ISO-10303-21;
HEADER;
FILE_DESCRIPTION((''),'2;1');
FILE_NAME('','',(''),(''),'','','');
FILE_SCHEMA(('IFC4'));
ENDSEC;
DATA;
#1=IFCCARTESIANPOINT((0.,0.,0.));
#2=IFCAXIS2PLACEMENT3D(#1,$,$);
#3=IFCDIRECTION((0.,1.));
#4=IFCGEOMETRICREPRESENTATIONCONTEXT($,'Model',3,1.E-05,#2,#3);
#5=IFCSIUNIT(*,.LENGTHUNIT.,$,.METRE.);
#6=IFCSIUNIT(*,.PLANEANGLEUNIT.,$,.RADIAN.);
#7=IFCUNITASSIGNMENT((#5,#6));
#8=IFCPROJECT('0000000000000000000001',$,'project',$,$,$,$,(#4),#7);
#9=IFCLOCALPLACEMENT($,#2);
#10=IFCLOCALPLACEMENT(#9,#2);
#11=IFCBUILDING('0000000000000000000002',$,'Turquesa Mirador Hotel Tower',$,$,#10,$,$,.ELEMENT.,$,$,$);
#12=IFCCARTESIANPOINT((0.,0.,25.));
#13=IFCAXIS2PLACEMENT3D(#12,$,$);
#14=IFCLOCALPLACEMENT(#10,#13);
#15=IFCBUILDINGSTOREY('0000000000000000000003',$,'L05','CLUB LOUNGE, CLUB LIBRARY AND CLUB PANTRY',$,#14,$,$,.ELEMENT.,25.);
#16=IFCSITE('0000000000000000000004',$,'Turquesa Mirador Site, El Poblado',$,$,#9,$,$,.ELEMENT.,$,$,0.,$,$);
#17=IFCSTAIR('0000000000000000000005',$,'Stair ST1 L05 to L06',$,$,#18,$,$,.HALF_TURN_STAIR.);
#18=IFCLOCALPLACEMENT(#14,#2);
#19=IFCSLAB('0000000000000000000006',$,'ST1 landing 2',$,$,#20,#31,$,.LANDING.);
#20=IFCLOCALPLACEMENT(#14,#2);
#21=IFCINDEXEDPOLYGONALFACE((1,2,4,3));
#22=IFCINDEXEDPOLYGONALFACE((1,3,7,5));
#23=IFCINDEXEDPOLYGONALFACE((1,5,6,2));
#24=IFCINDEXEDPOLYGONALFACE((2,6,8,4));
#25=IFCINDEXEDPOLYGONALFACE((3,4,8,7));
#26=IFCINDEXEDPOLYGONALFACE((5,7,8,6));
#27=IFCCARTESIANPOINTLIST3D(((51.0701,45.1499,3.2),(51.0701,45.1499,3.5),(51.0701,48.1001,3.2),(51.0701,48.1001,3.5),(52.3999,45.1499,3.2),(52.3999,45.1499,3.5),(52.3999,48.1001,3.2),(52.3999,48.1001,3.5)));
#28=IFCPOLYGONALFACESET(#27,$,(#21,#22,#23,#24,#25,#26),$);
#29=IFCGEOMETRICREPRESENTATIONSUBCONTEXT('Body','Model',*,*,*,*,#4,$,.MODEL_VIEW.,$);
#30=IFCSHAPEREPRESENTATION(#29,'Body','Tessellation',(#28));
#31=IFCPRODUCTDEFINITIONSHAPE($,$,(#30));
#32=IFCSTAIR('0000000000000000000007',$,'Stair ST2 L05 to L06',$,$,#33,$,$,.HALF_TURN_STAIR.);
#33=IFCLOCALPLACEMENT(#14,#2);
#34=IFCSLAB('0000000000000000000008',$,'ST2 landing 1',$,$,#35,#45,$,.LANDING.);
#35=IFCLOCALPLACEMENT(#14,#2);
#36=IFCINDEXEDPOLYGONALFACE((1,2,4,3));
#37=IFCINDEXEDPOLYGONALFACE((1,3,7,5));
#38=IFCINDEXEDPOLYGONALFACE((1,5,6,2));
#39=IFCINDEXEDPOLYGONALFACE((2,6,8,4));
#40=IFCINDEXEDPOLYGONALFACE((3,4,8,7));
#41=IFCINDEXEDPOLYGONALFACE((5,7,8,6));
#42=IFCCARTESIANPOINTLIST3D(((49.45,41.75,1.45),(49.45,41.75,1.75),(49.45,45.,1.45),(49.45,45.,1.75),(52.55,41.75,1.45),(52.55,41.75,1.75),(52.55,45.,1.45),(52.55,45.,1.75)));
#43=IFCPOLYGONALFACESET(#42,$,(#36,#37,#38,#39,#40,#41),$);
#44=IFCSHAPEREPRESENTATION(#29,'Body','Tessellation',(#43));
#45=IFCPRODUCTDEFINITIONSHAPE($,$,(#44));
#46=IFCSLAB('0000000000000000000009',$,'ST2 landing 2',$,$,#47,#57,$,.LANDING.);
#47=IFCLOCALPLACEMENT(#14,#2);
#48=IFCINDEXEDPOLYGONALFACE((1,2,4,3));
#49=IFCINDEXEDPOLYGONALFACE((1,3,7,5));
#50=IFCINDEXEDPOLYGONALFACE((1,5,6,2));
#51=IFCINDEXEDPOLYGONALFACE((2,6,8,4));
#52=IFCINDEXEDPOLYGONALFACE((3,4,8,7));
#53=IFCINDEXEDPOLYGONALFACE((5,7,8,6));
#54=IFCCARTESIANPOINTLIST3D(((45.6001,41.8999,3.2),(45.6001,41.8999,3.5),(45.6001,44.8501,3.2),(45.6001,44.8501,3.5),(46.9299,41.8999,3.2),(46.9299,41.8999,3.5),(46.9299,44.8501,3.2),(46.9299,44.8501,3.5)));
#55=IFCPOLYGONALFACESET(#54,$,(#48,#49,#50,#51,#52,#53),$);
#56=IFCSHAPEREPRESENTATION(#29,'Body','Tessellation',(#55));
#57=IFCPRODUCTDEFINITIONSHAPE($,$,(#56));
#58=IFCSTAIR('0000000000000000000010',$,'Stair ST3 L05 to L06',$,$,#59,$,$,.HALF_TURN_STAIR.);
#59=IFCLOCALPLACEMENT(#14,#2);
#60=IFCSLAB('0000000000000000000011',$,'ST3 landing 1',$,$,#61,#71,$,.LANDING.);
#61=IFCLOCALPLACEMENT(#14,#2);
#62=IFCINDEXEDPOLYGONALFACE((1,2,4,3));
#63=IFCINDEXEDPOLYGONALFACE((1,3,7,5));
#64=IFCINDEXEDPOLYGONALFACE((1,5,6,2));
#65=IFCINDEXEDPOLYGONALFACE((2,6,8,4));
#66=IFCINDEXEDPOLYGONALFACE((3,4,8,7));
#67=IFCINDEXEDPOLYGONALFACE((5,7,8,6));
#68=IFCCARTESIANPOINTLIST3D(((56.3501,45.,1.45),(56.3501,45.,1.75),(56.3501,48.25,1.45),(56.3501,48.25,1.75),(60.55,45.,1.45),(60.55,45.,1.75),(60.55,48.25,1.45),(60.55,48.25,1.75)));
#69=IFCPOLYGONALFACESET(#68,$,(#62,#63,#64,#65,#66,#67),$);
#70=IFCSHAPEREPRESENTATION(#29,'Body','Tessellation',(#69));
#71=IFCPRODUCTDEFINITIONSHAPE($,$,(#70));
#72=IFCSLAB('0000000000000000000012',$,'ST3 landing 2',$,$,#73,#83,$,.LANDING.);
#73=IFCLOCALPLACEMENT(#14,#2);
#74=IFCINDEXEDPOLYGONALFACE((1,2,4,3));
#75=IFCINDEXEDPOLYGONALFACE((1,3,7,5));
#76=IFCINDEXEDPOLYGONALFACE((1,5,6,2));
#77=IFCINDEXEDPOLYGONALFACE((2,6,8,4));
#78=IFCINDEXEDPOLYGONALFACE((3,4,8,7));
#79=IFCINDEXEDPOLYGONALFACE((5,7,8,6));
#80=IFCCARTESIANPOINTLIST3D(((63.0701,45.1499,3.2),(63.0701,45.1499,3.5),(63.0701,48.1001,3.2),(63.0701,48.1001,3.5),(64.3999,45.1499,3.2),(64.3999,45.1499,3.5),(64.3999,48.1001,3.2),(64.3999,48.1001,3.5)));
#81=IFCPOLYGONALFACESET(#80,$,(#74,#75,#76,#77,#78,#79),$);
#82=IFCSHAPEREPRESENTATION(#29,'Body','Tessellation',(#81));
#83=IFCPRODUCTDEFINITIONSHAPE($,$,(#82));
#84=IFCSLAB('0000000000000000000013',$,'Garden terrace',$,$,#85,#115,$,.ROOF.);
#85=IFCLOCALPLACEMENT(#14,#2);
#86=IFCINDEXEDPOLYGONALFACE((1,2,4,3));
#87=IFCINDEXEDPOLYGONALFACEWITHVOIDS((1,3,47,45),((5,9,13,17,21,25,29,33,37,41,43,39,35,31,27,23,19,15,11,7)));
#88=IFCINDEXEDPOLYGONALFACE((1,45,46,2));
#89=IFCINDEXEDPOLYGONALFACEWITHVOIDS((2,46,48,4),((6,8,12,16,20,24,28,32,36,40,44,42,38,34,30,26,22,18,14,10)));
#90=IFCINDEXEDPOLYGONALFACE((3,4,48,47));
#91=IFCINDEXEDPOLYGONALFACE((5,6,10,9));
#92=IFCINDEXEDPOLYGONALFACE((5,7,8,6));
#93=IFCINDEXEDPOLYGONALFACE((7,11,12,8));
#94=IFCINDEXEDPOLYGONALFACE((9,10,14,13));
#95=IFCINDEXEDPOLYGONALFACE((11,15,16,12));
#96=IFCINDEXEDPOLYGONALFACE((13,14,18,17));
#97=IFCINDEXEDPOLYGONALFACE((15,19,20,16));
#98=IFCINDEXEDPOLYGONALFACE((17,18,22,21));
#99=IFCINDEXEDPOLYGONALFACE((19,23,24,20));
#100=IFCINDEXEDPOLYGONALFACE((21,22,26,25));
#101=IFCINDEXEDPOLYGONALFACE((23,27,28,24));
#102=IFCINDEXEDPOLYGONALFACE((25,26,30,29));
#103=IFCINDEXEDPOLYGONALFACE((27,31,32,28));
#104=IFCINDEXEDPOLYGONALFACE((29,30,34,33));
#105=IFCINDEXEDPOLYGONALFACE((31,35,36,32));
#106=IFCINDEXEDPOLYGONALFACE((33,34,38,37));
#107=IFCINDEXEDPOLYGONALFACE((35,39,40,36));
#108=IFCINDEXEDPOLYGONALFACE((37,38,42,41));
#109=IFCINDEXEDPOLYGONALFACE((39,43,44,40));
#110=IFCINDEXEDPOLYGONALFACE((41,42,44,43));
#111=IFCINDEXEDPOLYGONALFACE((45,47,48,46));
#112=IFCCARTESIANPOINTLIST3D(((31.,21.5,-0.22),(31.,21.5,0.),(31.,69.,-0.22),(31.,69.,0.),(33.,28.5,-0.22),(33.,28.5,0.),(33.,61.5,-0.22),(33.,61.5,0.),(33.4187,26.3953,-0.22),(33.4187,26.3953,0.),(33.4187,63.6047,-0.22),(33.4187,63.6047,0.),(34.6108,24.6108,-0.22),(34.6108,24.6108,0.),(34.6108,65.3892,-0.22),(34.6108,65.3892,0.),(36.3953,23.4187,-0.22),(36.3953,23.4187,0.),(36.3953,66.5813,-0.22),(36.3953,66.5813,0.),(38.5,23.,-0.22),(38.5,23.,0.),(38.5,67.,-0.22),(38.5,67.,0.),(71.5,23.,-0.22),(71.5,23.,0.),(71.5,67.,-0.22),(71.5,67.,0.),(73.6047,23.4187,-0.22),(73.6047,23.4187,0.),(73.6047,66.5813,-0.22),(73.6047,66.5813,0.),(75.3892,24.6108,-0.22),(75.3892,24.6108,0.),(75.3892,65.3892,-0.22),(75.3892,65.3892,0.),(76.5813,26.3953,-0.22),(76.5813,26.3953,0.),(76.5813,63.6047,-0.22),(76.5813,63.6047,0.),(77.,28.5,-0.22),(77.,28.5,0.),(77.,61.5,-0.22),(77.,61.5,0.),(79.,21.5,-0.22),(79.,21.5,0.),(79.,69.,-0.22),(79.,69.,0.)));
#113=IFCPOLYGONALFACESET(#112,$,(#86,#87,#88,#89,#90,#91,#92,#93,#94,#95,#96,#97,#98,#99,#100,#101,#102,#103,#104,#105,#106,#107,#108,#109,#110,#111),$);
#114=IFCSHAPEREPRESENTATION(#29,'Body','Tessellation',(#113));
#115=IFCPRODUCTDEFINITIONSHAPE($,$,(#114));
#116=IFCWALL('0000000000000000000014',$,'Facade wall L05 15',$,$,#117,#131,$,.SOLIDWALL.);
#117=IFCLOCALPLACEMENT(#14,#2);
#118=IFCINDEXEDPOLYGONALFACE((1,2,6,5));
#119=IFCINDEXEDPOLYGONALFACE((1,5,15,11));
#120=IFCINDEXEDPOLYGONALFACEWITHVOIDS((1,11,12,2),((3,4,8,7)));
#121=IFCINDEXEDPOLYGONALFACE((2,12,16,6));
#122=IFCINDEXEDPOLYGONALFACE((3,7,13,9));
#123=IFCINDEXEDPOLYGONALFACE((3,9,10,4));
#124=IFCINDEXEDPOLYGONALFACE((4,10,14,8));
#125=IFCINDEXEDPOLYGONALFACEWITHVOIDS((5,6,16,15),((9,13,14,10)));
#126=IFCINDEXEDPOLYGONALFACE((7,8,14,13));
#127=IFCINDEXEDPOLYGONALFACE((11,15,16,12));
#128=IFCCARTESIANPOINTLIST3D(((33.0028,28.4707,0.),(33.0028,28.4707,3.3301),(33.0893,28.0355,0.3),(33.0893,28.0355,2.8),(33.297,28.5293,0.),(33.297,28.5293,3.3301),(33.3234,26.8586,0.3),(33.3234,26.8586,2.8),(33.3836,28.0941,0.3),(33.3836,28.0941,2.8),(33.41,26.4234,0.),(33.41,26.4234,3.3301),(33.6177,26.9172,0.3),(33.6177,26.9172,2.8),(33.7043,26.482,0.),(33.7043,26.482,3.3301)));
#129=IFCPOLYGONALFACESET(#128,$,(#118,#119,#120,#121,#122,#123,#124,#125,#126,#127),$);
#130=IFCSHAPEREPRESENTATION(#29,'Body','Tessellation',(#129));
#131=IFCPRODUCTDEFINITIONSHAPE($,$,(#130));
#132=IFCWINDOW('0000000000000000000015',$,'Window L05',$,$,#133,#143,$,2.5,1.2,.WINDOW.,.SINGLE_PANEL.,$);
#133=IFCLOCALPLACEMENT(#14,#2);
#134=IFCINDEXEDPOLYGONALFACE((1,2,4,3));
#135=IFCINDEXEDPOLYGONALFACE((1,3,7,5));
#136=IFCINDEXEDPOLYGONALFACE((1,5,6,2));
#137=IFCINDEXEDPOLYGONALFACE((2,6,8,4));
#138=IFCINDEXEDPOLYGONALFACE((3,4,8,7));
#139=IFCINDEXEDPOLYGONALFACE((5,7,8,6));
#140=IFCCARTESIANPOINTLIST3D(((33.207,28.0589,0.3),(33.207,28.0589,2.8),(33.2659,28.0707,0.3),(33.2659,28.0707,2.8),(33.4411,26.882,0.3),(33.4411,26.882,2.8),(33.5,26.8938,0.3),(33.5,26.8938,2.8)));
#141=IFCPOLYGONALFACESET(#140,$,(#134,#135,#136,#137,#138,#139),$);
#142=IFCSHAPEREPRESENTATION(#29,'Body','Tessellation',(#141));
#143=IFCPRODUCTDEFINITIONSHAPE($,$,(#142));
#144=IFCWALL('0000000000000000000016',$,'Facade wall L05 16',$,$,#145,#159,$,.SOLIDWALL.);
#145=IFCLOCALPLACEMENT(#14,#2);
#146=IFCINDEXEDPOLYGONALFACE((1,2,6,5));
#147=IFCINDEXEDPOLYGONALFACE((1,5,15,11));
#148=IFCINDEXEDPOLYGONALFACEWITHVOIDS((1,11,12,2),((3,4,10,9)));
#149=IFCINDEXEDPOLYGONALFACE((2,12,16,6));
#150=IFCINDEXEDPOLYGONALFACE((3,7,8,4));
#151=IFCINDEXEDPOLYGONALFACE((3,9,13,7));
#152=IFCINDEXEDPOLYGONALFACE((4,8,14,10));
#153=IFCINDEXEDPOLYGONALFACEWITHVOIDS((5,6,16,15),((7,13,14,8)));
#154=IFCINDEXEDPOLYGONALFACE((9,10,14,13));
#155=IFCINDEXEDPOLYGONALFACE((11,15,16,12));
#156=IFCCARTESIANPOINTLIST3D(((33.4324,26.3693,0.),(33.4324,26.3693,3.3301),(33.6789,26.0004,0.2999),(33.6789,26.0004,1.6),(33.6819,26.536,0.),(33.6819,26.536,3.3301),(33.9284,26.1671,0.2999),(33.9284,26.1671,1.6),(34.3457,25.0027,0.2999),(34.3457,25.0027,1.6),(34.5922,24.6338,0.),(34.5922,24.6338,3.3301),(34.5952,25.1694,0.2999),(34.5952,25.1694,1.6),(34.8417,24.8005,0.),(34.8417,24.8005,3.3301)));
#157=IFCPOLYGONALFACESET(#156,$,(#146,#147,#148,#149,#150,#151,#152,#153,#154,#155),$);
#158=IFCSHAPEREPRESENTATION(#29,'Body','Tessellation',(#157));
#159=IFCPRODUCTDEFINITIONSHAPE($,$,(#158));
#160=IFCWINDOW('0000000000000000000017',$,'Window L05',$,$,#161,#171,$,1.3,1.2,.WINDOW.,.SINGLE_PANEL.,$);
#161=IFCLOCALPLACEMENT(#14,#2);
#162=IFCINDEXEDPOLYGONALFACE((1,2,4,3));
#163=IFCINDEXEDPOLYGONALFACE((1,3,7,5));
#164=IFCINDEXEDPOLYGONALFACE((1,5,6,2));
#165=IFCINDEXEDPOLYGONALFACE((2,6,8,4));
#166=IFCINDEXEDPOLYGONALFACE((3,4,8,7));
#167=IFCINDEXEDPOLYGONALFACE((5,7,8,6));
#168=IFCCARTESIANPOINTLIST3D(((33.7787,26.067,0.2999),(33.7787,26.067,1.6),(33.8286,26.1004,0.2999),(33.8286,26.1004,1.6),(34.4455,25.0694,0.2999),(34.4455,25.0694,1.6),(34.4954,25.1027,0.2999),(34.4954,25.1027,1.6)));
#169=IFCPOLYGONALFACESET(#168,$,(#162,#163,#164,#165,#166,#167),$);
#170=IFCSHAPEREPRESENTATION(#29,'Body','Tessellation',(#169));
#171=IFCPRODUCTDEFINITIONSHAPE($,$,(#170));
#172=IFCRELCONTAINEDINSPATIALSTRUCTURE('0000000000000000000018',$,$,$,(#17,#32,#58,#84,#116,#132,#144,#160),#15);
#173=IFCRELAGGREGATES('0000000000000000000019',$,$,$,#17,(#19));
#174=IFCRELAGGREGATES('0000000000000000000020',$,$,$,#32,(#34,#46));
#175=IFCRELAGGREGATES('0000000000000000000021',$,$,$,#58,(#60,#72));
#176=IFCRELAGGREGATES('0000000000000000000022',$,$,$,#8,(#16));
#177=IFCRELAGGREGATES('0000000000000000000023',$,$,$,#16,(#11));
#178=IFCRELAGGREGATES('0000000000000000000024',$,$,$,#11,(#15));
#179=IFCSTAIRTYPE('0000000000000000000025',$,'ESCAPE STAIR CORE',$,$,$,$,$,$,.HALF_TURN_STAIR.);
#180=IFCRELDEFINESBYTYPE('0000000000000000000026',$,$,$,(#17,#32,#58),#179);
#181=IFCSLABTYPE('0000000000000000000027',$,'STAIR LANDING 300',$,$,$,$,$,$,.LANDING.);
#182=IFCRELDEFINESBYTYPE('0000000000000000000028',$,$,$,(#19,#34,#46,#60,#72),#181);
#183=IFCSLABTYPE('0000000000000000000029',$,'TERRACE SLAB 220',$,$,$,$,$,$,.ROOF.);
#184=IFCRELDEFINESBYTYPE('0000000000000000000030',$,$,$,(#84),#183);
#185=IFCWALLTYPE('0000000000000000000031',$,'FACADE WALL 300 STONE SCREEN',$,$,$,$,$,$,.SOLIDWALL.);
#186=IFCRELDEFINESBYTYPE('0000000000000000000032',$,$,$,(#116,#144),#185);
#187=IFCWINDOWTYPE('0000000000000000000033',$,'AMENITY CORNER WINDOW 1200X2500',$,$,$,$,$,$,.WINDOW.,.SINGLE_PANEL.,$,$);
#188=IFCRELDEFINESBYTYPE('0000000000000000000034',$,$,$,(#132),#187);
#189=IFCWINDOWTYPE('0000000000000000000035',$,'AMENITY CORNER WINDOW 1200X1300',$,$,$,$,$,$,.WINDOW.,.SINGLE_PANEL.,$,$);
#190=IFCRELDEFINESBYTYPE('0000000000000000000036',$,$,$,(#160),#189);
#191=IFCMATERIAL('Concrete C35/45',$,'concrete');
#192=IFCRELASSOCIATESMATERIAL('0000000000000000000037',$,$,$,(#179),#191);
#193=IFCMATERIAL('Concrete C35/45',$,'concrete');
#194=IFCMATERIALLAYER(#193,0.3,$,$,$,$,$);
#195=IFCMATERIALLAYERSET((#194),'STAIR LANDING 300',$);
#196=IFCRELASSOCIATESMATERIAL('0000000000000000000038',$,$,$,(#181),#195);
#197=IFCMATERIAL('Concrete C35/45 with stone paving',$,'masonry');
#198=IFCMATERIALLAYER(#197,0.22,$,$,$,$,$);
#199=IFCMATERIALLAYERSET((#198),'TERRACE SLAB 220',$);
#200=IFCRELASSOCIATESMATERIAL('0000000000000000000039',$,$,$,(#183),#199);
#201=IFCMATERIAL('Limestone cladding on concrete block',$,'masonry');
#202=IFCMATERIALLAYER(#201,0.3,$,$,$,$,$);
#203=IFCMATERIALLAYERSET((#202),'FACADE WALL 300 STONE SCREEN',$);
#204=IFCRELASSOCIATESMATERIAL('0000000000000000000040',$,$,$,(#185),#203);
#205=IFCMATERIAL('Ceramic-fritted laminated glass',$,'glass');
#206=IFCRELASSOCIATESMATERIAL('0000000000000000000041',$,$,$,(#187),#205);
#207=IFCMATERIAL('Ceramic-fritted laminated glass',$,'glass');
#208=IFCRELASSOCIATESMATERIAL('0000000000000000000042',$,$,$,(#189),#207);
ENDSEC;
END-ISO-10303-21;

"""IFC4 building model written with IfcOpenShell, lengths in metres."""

from ifc_helpers import new_model, si_unit, direction, frame, frame_2d, origin, place, context, subcontext, project, spatial, polyline, rectangle, outline, extrude, material, layer, layer_set, type_object, element, fill, aggregate, save


model = new_model("IFC4")

# Units and contexts
model_context = context("Model", 3, precision=1e-05, world=origin(), true_north=direction((0.0, 1.0)))
body_context = subcontext(model_context, "Body", "Model", "MODEL_VIEW")
ifc_project = project(units=[si_unit("LENGTHUNIT", "METRE"), si_unit("PLANEANGLEUNIT", "RADIAN")], contexts=[model_context])

# Site, building, storey
site_placement = place(None, origin())
site = spatial("IfcSite", under=ifc_project, at=site_placement, Name="Turquesa Mirador Site, El Poblado", CompositionType="ELEMENT", RefElevation=0.0)
building_placement = place(site_placement, origin())
building = spatial("IfcBuilding", under=site, at=building_placement, Name="Turquesa Mirador Hotel Tower", CompositionType="ELEMENT")
storey_placement = place(building_placement, frame((0.0, 0.0, 25.0)))
storey = spatial("IfcBuildingStorey", under=building, at=storey_placement, Name="L05", Description="CLUB LOUNGE, CLUB LIBRARY AND CLUB PANTRY", CompositionType="ELEMENT", Elevation=25.0)

# Stairs, slabs
ifc_material_1 = material(Name="Concrete C35/45", Category="concrete")
stair_type = type_object("IfcStairType", Name="ESCAPE STAIR CORE", PredefinedType="HALF_TURN_STAIR", material=ifc_material_1)
stair_1_placement = place(storey_placement, origin())
stair_1 = element("IfcStair", 1, at=stair_1_placement, inside=storey, type_object=stair_type, Name="Stair ST1 L05 to L06", PredefinedType="HALF_TURN_STAIR")
ifc_material_2 = material(Name="Concrete C35/45", Category="concrete")
ifc_layer_1 = layer(ifc_material_2, 0.3)
ifc_layer_set_1 = layer_set([ifc_layer_1], Name="STAIR LANDING 300")
slab_type_1 = type_object("IfcSlabType", Name="STAIR LANDING 300", PredefinedType="LANDING", material=ifc_layer_set_1)
slab_1_placement = place(storey_placement, frame((0.0, 0.0, 3.2)))
slab_1 = element("IfcSlab", 2, at=slab_1_placement, type_object=slab_type_1, Name="ST1 landing 2", PredefinedType="LANDING", context=body_context, shape_type="SweptSolid", body=[
    extrude(outline(polyline([(51.0701, 45.1499), (52.3999, 45.1499), (52.3999, 48.1001), (51.0701, 48.1001), (51.0701, 45.1499)])), origin(), (0.0, 0.0, 1.0), 0.3),
])
aggregate(stair_1, [slab_1])
stair_2_placement = place(storey_placement, origin())
stair_2 = element("IfcStair", 3, at=stair_2_placement, inside=storey, type_object=stair_type, Name="Stair ST2 L05 to L06", PredefinedType="HALF_TURN_STAIR")
slab_2_placement = place(storey_placement, frame((0.0, 0.0, 1.45)))
slab_2 = element("IfcSlab", 4, at=slab_2_placement, type_object=slab_type_1, Name="ST2 landing 1", PredefinedType="LANDING", context=body_context, shape_type="SweptSolid", body=[
    extrude(outline(polyline([(52.55, 45.0), (49.45, 45.0), (49.45, 41.75), (52.55, 41.75), (52.55, 45.0)])), origin(), (0.0, 0.0, 1.0), 0.3),
])
slab_3_placement = place(storey_placement, frame((0.0, 0.0, 3.2)))
slab_3 = element("IfcSlab", 5, at=slab_3_placement, type_object=slab_type_1, Name="ST2 landing 2", PredefinedType="LANDING", context=body_context, shape_type="SweptSolid", body=[
    extrude(outline(polyline([(46.9299, 44.8501), (45.6001, 44.8501), (45.6001, 41.8999), (46.9299, 41.8999), (46.9299, 44.8501)])), origin(), (0.0, 0.0, 1.0), 0.3),
])
aggregate(stair_2, [slab_2, slab_3])
stair_3_placement = place(storey_placement, origin())
stair_3 = element("IfcStair", 6, at=stair_3_placement, inside=storey, type_object=stair_type, Name="Stair ST3 L05 to L06", PredefinedType="HALF_TURN_STAIR")
slab_4_placement = place(storey_placement, frame((0.0, 0.0, 1.45)))
slab_4 = element("IfcSlab", 7, at=slab_4_placement, type_object=slab_type_1, Name="ST3 landing 1", PredefinedType="LANDING", context=body_context, shape_type="SweptSolid", body=[
    extrude(outline(polyline([(56.3501, 45.0), (60.55, 45.0), (60.55, 48.25), (56.3501, 48.25), (56.3501, 45.0)])), origin(), (0.0, 0.0, 1.0), 0.3),
])
slab_5_placement = place(storey_placement, frame((0.0, 0.0, 3.2)))
slab_5 = element("IfcSlab", 8, at=slab_5_placement, type_object=slab_type_1, Name="ST3 landing 2", PredefinedType="LANDING", context=body_context, shape_type="SweptSolid", body=[
    extrude(outline(polyline([(63.0701, 45.1499), (64.3999, 45.1499), (64.3999, 48.1001), (63.0701, 48.1001), (63.0701, 45.1499)])), origin(), (0.0, 0.0, 1.0), 0.3),
])
aggregate(stair_3, [slab_4, slab_5])

# Slab
ifc_material_3 = material(Name="Concrete C35/45 with stone paving", Category="masonry")
ifc_layer_2 = layer(ifc_material_3, 0.22)
ifc_layer_set_2 = layer_set([ifc_layer_2], Name="TERRACE SLAB 220")
slab_type_2 = type_object("IfcSlabType", Name="TERRACE SLAB 220", PredefinedType="ROOF", material=ifc_layer_set_2)
slab_6_placement = place(storey_placement, frame((0.0, 0.0, -0.22)))
element("IfcSlab", 9, at=slab_6_placement, inside=storey, type_object=slab_type_2, Name="Garden terrace", PredefinedType="ROOF", context=body_context, shape_type="SweptSolid", body=[
    extrude(outline(polyline([(31.0, 21.5), (31.0, 69.0), (79.0, 69.0), (79.0, 21.5), (31.0, 21.5)]), holes=[polyline([(73.6047, 23.4187), (75.3892, 24.6108), (76.5813, 26.3953), (77.0, 28.5), (77.0, 61.5), (76.5813, 63.6047), (75.3892, 65.3892), (73.6047, 66.5813), (71.5, 67.0), (38.5, 67.0), (36.3953, 66.5813), (34.6108, 65.3892), (33.4187, 63.6047), (33.0, 61.5), (33.0, 28.5), (33.4187, 26.3953), (34.6108, 24.6108), (36.3953, 23.4187), (38.5, 23.0), (71.5, 23.0), (73.6047, 23.4187)])]), origin(), (0.0, 0.0, 1.0), 0.22),
])

# Walls, openings, windows
ifc_material_4 = material(Name="Limestone cladding on concrete block", Category="masonry")
ifc_layer_3 = layer(ifc_material_4, 0.3)
ifc_layer_set_3 = layer_set([ifc_layer_3], Name="FACADE WALL 300 STONE SCREEN")
wall_type_1 = type_object("IfcWallType", Name="FACADE WALL 300 STONE SCREEN", PredefinedType="SOLIDWALL", material=ifc_layer_set_3)
wall_1_placement = place(storey_placement, frame((33.1499, 28.5, 0.0), z_axis=(0.0, 0.0, 1.0), x_axis=(0.195081, -0.980787, 0.0)))
wall_1 = element("IfcWall", 10, at=wall_1_placement, inside=storey, type_object=wall_type_1, Name="Facade wall L05 15", PredefinedType="SOLIDWALL", context=body_context, shape_type="SweptSolid", body=[
    extrude(rectangle(XDim=2.0874, YDim=0.3, at=frame_2d((1.0437, 0.0))), origin(), (0.0, 0.0, 1.0), 3.3301),
])
opening_1_placement = place(wall_1_placement, frame((0.4436, 0.0, 0.3)))
opening_1 = element("IfcOpeningElement", 11, at=opening_1_placement, cuts=wall_1, PredefinedType="OPENING", context=body_context, shape_type="SweptSolid", body=[
    extrude(rectangle(XDim=1.2, YDim=2.5, at=frame_2d((0.6001, 1.25))), frame((0.0, 0.1599, 0.0), z_axis=(0.0, -1.0, 0.0), x_axis=(1.0, 0.0, 0.0)), (0.0, 0.0, 1.0), 0.3201),
])
ifc_material_5 = material(Name="Ceramic-fritted laminated glass", Category="glass")
window_type_1 = type_object("IfcWindowType", Name="AMENITY CORNER WINDOW 1200X2500", PartitioningType="SINGLE_PANEL", PredefinedType="WINDOW", material=ifc_material_5)
window_1_placement = place(opening_1_placement, origin())
window_1 = element("IfcWindow", 12, at=window_1_placement, inside=storey, type_object=window_type_1, Name="Window L05", OverallHeight=2.5, OverallWidth=1.2, PartitioningType="SINGLE_PANEL", PredefinedType="WINDOW", context=body_context, shape_type="SweptSolid", body=[
    extrude(rectangle(XDim=1.2, YDim=2.5, at=frame_2d((0.6001, 1.25))), frame((0.0, 0.03, 0.0), z_axis=(0.0, -1.0, 0.0), x_axis=(1.0, 0.0, 0.0)), (0.0, 0.0, 1.0), 0.0601),
])
fill(opening_1, window_1)
wall_2_placement = place(storey_placement, frame((33.5571, 26.4526, 0.0), z_axis=(0.0, 0.0, 1.0), x_axis=(0.555644, -0.83142, 0.0)))
wall_2 = element("IfcWall", 13, at=wall_2_placement, inside=storey, type_object=wall_type_1, Name="Facade wall L05 16", PredefinedType="SOLIDWALL", context=body_context, shape_type="SweptSolid", body=[
    extrude(rectangle(XDim=2.0874, YDim=0.3, at=frame_2d((1.0437, 0.0))), origin(), (0.0, 0.0, 1.0), 3.3301),
])
opening_2_placement = place(wall_2_placement, frame((0.4436, 0.0, 0.3)))
opening_2 = element("IfcOpeningElement", 14, at=opening_2_placement, cuts=wall_2, PredefinedType="OPENING", context=body_context, shape_type="SweptSolid", body=[
    extrude(rectangle(XDim=1.2, YDim=1.3, at=frame_2d((0.6001, 0.6499))), frame((0.0, 0.1599, 0.0), z_axis=(0.0, -1.0, 0.0), x_axis=(1.0, 0.0, 0.0)), (0.0, 0.0, 1.0), 0.3201),
])
ifc_material_6 = material(Name="Ceramic-fritted laminated glass", Category="glass")
window_type_2 = type_object("IfcWindowType", Name="AMENITY CORNER WINDOW 1200X1300", PartitioningType="SINGLE_PANEL", PredefinedType="WINDOW", material=ifc_material_6)
window_2_placement = place(opening_2_placement, origin())
window_2 = element("IfcWindow", 15, at=window_2_placement, inside=storey, type_object=window_type_2, Name="Window L05", OverallHeight=1.3, OverallWidth=1.2, PartitioningType="SINGLE_PANEL", PredefinedType="WINDOW", context=body_context, shape_type="SweptSolid", body=[
    extrude(rectangle(XDim=1.2, YDim=1.3, at=frame_2d((0.6001, 0.6499))), frame((0.0, 0.03, 0.0), z_axis=(0.0, -1.0, 0.0), x_axis=(1.0, 0.0, 0.0)), (0.0, 0.0, 1.0), 0.0601),
])
fill(opening_2, window_2)

save(model, "model.ifc")
